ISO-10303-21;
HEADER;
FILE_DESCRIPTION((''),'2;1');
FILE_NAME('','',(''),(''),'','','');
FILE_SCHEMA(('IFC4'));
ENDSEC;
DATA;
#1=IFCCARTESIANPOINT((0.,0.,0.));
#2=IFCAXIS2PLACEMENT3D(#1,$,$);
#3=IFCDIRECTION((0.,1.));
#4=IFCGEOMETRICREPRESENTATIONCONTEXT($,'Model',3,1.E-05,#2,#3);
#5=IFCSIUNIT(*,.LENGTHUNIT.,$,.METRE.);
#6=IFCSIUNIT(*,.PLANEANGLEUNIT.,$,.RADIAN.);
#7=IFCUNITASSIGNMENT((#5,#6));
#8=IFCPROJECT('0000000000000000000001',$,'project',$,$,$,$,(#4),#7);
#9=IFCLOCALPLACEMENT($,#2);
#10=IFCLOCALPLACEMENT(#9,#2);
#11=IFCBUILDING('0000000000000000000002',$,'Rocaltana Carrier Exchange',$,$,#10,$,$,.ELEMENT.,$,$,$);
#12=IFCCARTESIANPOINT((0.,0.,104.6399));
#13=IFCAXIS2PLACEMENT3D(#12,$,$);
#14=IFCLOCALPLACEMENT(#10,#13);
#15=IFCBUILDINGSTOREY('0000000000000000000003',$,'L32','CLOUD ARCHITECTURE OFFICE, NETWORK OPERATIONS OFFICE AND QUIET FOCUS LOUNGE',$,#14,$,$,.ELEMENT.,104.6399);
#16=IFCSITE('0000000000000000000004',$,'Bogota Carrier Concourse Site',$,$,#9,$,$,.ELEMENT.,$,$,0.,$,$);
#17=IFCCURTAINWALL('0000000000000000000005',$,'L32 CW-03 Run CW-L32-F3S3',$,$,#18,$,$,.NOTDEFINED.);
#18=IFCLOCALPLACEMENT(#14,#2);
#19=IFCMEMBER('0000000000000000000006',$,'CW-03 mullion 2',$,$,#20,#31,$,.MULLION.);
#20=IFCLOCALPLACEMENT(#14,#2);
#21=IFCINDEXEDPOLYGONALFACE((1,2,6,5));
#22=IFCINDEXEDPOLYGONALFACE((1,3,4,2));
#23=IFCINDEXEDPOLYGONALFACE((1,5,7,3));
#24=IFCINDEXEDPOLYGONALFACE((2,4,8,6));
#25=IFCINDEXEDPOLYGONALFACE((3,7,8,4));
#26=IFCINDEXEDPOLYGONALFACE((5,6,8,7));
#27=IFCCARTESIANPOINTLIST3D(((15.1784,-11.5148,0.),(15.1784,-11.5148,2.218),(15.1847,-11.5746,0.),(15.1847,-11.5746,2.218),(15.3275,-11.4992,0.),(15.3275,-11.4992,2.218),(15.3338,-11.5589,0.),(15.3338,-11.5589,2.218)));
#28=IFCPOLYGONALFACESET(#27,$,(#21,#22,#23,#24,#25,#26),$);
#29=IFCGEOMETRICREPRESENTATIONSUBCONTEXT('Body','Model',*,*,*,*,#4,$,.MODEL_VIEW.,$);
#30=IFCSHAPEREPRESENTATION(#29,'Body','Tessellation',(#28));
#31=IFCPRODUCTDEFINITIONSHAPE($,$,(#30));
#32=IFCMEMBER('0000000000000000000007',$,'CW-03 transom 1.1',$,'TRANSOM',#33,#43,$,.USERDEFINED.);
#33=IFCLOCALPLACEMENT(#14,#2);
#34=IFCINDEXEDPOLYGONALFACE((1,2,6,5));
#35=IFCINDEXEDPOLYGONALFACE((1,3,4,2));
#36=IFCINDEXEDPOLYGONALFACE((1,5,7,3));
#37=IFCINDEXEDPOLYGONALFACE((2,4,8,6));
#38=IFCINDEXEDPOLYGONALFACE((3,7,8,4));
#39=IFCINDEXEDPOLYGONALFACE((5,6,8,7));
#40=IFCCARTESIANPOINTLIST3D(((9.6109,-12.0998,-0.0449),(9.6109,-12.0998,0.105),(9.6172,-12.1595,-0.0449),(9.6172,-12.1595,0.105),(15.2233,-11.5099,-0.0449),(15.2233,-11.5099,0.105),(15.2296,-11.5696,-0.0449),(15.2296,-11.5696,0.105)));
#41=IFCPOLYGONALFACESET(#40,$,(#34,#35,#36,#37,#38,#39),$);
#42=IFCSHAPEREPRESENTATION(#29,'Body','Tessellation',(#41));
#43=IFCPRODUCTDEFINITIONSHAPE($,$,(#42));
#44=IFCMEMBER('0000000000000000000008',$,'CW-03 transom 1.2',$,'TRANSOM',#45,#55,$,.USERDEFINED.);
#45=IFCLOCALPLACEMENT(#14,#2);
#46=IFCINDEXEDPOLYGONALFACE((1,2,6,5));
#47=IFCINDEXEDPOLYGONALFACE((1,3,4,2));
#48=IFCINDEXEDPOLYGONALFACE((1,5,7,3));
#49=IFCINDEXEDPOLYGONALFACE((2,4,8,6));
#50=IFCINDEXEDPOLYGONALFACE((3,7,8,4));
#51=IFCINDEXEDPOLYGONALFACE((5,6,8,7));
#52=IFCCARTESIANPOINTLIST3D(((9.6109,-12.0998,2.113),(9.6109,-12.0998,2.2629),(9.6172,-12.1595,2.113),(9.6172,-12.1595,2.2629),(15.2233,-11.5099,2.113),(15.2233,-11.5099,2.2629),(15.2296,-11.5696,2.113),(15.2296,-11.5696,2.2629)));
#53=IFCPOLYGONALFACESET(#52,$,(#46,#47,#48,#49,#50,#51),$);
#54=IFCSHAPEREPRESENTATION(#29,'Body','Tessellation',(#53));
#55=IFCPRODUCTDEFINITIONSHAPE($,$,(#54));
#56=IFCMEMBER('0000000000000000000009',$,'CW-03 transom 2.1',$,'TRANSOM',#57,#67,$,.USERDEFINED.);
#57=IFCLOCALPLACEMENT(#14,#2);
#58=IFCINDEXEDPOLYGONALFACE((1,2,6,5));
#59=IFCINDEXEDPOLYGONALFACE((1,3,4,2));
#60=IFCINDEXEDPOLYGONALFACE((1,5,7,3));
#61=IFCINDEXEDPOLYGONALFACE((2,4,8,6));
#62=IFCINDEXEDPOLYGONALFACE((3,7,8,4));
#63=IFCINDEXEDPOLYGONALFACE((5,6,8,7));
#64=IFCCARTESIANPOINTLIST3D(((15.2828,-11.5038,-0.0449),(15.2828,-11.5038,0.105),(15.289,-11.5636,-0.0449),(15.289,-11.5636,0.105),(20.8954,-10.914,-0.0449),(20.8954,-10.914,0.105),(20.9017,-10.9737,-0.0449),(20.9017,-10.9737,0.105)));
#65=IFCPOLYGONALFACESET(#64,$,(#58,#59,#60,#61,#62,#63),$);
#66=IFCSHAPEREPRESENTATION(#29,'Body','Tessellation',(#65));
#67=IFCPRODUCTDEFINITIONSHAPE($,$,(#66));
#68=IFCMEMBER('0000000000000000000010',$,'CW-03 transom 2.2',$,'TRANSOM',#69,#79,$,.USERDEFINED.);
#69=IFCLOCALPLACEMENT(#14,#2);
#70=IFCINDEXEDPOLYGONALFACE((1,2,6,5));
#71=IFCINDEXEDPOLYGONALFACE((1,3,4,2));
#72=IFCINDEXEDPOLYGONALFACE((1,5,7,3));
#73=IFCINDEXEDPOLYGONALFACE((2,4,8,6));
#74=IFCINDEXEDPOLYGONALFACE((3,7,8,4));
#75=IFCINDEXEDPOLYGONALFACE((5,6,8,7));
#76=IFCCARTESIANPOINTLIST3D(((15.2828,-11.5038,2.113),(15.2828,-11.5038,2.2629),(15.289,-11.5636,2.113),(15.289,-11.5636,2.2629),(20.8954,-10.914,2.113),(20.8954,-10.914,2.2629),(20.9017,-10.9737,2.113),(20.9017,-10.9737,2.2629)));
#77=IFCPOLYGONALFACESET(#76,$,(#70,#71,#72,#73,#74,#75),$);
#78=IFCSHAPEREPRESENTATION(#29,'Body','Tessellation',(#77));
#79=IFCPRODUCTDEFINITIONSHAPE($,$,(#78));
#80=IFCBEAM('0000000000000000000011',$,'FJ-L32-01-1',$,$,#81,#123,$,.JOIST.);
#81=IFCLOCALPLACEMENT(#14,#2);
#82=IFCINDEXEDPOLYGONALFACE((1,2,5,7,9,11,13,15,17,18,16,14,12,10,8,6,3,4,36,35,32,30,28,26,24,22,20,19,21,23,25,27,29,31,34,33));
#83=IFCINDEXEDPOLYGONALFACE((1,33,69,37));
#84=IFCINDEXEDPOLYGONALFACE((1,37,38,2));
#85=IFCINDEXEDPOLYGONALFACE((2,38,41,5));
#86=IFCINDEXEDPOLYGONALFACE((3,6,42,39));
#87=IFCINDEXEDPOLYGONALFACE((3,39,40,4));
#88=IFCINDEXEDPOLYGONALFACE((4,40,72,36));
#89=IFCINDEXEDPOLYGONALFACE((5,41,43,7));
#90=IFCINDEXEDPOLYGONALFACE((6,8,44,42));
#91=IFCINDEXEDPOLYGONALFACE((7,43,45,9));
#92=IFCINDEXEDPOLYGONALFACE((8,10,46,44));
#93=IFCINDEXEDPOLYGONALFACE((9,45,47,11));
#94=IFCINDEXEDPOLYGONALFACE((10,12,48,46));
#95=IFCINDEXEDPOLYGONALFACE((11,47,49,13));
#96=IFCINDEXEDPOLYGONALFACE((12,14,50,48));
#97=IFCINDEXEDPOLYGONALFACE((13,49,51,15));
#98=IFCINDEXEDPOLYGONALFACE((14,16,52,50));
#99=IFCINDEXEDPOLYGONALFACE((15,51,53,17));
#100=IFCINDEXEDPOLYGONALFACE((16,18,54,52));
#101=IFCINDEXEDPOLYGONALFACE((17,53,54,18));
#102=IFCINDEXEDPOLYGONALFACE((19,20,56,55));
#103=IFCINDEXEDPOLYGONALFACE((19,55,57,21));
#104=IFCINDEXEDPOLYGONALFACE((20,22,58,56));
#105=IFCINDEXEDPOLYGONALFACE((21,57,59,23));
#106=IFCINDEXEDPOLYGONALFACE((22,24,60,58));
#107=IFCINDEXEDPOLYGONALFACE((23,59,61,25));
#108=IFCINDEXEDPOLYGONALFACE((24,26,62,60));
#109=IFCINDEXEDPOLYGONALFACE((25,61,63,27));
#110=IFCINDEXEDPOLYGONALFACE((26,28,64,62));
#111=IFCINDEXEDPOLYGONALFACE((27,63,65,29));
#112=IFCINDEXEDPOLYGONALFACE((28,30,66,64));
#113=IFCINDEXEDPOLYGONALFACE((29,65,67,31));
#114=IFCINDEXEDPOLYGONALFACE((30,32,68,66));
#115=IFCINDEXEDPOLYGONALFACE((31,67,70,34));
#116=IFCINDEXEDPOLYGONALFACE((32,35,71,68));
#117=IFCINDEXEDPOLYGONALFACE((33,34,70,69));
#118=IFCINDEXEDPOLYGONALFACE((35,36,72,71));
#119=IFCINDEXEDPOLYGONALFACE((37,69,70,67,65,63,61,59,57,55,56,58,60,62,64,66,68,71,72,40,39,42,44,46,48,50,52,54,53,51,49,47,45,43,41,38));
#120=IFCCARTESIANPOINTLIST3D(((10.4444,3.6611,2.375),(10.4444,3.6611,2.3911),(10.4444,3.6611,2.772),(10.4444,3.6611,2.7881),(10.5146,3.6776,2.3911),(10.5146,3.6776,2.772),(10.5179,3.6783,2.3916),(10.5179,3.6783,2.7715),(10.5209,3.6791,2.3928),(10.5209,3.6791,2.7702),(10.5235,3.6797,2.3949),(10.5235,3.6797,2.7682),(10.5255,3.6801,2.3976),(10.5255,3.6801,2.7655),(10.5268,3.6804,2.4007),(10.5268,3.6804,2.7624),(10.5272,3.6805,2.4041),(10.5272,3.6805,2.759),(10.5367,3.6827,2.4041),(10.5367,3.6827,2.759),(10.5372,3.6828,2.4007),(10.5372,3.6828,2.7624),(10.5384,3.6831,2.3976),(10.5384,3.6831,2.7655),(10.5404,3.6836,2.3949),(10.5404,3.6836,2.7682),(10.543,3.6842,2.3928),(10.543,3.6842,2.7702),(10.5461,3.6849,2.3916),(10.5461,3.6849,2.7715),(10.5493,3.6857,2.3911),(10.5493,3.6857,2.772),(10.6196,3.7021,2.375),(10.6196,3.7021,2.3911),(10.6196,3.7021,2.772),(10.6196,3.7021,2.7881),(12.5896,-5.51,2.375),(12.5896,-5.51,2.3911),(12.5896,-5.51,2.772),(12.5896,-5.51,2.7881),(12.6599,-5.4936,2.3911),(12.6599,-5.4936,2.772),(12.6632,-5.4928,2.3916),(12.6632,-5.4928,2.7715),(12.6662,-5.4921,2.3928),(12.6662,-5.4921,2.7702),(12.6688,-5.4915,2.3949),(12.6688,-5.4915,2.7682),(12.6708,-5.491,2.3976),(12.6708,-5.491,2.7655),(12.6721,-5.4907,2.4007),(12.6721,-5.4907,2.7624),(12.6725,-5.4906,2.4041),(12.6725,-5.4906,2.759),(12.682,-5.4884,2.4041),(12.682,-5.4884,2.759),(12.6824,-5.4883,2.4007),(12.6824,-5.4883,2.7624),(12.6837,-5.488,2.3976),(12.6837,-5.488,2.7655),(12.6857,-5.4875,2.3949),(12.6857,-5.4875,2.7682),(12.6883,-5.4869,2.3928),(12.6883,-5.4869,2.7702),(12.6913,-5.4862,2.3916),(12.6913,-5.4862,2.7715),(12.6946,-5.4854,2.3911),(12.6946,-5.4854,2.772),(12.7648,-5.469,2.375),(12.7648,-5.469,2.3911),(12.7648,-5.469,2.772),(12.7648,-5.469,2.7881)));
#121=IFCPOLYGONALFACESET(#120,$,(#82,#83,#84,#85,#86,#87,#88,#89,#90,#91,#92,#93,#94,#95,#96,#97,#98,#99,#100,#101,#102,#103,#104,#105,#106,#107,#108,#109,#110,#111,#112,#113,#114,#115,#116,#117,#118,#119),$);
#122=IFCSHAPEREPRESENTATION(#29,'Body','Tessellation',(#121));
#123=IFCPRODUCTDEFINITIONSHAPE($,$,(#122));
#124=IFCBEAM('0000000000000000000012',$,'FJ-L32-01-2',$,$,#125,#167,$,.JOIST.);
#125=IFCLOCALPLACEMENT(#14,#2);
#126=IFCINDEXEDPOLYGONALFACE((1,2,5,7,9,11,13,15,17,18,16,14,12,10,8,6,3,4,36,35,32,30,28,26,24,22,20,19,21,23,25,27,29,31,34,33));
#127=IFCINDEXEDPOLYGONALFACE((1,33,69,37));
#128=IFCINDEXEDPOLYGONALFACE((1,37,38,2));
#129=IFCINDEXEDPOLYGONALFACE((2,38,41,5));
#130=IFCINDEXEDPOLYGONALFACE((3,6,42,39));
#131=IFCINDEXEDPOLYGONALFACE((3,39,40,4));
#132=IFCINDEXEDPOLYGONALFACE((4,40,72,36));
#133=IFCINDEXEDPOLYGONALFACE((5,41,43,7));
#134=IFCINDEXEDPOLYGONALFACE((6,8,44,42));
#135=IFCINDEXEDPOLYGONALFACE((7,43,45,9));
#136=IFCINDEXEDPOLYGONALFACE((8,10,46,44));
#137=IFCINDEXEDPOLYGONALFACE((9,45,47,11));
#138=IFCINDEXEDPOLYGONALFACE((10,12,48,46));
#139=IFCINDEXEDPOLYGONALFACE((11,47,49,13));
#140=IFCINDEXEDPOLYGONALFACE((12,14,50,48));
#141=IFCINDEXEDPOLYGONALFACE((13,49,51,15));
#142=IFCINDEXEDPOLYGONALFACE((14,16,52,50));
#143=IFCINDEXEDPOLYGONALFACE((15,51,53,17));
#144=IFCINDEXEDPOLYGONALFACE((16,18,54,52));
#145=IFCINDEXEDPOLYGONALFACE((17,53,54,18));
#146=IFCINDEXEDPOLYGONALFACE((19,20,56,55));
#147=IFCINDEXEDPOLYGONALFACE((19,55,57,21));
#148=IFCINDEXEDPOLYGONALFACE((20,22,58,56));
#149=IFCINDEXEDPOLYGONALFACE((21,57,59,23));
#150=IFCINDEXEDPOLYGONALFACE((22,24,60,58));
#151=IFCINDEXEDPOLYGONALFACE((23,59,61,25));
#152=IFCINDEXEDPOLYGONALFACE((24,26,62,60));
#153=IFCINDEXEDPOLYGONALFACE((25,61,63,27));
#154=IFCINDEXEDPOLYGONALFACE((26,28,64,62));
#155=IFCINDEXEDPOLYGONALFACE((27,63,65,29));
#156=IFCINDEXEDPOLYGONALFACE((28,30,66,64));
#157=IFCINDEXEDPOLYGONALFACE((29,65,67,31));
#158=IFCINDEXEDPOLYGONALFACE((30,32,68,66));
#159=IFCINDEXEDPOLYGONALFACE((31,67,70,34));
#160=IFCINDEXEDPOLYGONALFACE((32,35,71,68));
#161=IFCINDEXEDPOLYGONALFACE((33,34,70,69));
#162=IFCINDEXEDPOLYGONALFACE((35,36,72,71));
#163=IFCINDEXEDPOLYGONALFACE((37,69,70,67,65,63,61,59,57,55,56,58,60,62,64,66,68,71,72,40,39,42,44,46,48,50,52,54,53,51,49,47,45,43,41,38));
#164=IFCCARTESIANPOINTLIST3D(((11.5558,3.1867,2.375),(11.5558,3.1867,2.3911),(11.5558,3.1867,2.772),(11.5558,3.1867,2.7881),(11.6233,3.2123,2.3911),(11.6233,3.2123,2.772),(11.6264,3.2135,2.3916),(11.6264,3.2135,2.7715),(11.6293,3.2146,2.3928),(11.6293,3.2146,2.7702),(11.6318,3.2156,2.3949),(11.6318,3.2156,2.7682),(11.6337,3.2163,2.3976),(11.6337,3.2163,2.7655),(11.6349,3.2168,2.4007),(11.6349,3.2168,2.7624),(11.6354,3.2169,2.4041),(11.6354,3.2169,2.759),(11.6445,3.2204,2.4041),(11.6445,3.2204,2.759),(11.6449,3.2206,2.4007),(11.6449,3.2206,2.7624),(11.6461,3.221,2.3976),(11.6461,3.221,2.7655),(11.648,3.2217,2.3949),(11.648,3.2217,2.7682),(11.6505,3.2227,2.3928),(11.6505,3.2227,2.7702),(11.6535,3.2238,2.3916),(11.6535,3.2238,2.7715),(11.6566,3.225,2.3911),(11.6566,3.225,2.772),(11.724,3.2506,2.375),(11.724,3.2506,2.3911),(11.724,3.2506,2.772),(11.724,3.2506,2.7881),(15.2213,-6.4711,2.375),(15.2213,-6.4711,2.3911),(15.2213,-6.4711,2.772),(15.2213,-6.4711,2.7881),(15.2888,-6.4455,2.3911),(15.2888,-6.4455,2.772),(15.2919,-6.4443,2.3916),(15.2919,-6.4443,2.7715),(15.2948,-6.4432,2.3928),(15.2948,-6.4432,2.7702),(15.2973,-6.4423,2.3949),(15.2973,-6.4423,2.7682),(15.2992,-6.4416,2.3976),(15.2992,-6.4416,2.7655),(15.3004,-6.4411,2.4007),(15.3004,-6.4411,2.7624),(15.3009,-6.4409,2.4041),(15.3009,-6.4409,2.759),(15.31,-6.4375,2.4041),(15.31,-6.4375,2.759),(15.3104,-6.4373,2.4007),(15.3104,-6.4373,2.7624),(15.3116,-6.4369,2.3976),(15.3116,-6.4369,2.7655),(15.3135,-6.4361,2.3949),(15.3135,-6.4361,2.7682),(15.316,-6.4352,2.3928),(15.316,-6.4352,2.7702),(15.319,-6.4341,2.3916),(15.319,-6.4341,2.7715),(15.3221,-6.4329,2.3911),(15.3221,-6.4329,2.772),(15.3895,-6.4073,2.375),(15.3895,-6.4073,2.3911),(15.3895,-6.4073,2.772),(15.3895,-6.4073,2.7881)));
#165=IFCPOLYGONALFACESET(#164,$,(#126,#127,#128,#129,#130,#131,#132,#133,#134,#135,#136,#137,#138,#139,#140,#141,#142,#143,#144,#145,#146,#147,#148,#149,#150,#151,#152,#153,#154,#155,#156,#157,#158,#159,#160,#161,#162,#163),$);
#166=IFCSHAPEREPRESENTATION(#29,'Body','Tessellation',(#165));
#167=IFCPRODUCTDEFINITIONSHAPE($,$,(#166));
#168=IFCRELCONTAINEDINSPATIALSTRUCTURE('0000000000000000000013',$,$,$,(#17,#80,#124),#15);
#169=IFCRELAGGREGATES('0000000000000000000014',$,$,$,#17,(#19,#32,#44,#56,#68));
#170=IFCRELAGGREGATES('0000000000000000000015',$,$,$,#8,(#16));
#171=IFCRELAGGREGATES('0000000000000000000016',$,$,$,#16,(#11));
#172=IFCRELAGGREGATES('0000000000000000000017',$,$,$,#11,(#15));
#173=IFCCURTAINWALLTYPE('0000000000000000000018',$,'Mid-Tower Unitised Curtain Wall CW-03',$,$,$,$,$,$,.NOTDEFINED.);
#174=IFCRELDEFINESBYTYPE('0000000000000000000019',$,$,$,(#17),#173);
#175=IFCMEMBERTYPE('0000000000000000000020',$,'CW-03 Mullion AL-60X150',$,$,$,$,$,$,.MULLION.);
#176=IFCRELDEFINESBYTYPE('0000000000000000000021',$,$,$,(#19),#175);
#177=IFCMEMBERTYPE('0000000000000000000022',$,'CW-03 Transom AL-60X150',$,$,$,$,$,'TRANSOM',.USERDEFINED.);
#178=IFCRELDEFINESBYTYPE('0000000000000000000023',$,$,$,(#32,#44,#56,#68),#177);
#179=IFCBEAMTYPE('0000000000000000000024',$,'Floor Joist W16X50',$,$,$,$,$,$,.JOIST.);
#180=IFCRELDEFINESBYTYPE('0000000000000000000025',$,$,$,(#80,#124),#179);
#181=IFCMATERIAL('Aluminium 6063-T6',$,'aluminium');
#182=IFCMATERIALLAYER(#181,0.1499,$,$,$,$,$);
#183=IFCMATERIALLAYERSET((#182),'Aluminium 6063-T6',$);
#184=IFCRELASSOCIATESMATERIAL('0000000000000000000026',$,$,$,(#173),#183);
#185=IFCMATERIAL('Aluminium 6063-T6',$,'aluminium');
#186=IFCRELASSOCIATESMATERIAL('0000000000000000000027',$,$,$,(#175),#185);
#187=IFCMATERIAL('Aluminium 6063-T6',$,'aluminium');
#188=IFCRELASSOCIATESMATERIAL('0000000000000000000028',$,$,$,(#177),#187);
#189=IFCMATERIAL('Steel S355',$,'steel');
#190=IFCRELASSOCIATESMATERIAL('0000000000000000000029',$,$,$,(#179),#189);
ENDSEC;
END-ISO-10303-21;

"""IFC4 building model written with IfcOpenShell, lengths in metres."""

from ifc_helpers import new_model, si_unit, direction, frame, origin, origin_2d, place, context, subcontext, project, spatial, rectangle, i_section, extrude, material, layer, layer_set, material_profile, profile_set, type_object, element, aggregate, save


model = new_model("IFC4")

# Units and contexts
model_context = context("Model", 3, precision=1e-05, world=origin(), true_north=direction((0.0, 1.0)))
body_context = subcontext(model_context, "Body", "Model", "MODEL_VIEW")
ifc_project = project(units=[si_unit("LENGTHUNIT", "METRE"), si_unit("PLANEANGLEUNIT", "RADIAN")], contexts=[model_context])

# Site, building, storey
site_placement = place(None, origin())
site = spatial("IfcSite", under=ifc_project, at=site_placement, Name="Bogota Carrier Concourse Site", CompositionType="ELEMENT", RefElevation=0.0)
building_placement = place(site_placement, origin())
building = spatial("IfcBuilding", under=site, at=building_placement, Name="Rocaltana Carrier Exchange", CompositionType="ELEMENT")
storey_placement = place(building_placement, frame((0.0, 0.0, 104.6399)))
storey = spatial("IfcBuildingStorey", under=building, at=storey_placement, Name="L32", Description="CLOUD ARCHITECTURE OFFICE, NETWORK OPERATIONS OFFICE AND QUIET FOCUS LOUNGE", CompositionType="ELEMENT", Elevation=104.6399)

# Curtain wall, members
ifc_material_1 = material(Name="Aluminium 6063-T6", Category="aluminium")
ifc_layer_1 = layer(ifc_material_1, 0.1499)
ifc_layer_set_1 = layer_set([ifc_layer_1], Name="Aluminium 6063-T6")
curtain_wall_type = type_object("IfcCurtainWallType", Name="Mid-Tower Unitised Curtain Wall CW-03", PredefinedType="NOTDEFINED", material=ifc_layer_set_1)
curtain_wall_1_placement = place(storey_placement, origin())
curtain_wall_1 = element("IfcCurtainWall", 1, at=curtain_wall_1_placement, inside=storey, type_object=curtain_wall_type, Name="L32 CW-03 Run CW-L32-F3S3", PredefinedType="NOTDEFINED")
ifc_material_2 = material(Name="Aluminium 6063-T6", Category="aluminium")
ifc_material_profile_1 = material_profile(ifc_material_2, rectangle(XDim=0.0601, YDim=0.1499, at=origin_2d()), Name="AL-60X150")
ifc_profile_set_1 = profile_set([ifc_material_profile_1], Name="Aluminium 6063-T6")
member_type_1 = type_object("IfcMemberType", Name="CW-03 Mullion AL-60X150", PredefinedType="MULLION", material=ifc_profile_set_1)
member_1_placement = place(storey_placement, frame((15.2561, -11.5369, 0.0), z_axis=(0.0, 0.0, 1.0), x_axis=(-0.104522, 0.994523, 0.0)))
member_1 = element("IfcMember", 2, at=member_1_placement, type_object=member_type_1, Name="CW-03 mullion 2", PredefinedType="MULLION", context=body_context, shape_type="SweptSolid", body=[
    extrude(rectangle(XDim=0.0601, YDim=0.1499, at=origin_2d()), origin(), (0.0, 0.0, 1.0), 2.218),
])
ifc_material_3 = material(Name="Aluminium 6063-T6", Category="aluminium")
ifc_material_profile_2 = material_profile(ifc_material_3, rectangle(XDim=0.0601, YDim=0.1499, at=origin_2d()), Name="AL-60X150")
ifc_profile_set_2 = profile_set([ifc_material_profile_2], Name="Aluminium 6063-T6")
member_type_2 = type_object("IfcMemberType", Name="CW-03 Transom AL-60X150", ElementType="TRANSOM", PredefinedType="USERDEFINED", material=ifc_profile_set_2)
member_2_placement = place(storey_placement, frame((9.614, -12.1296, 0.03), z_axis=(0.994523, 0.104523, 0.0), x_axis=(-0.104523, 0.994523, 0.0)))
member_2 = element("IfcMember", 3, at=member_2_placement, type_object=member_type_2, Name="CW-03 transom 1.1", ObjectType="TRANSOM", PredefinedType="USERDEFINED", context=body_context, shape_type="SweptSolid", body=[
    extrude(rectangle(XDim=0.0601, YDim=0.1499, at=origin_2d()), origin(), (0.0, 0.0, 1.0), 5.6433),
])
member_3_placement = place(storey_placement, frame((9.614, -12.1296, 2.188), z_axis=(0.994523, 0.104523, 0.0), x_axis=(-0.104523, 0.994523, 0.0)))
member_3 = element("IfcMember", 4, at=member_3_placement, type_object=member_type_2, Name="CW-03 transom 1.2", ObjectType="TRANSOM", PredefinedType="USERDEFINED", context=body_context, shape_type="SweptSolid", body=[
    extrude(rectangle(XDim=0.0601, YDim=0.1499, at=origin_2d()), origin(), (0.0, 0.0, 1.0), 5.6433),
])
member_4_placement = place(storey_placement, frame((15.2859, -11.5337, 0.03), z_axis=(0.994523, 0.104518, 0.0), x_axis=(-0.104518, 0.994523, 0.0)))
member_4 = element("IfcMember", 5, at=member_4_placement, type_object=member_type_2, Name="CW-03 transom 2.1", ObjectType="TRANSOM", PredefinedType="USERDEFINED", context=body_context, shape_type="SweptSolid", body=[
    extrude(rectangle(XDim=0.0601, YDim=0.1499, at=origin_2d()), origin(), (0.0, 0.0, 1.0), 5.6436),
])
member_5_placement = place(storey_placement, frame((15.2859, -11.5337, 2.188), z_axis=(0.994523, 0.104518, 0.0), x_axis=(-0.104518, 0.994523, 0.0)))
member_5 = element("IfcMember", 6, at=member_5_placement, type_object=member_type_2, Name="CW-03 transom 2.2", ObjectType="TRANSOM", PredefinedType="USERDEFINED", context=body_context, shape_type="SweptSolid", body=[
    extrude(rectangle(XDim=0.0601, YDim=0.1499, at=origin_2d()), origin(), (0.0, 0.0, 1.0), 5.6436),
])

# Beams
ifc_material_4 = material(Name="Steel S355", Category="steel")
ifc_material_profile_3 = material_profile(ifc_material_4, i_section(OverallWidth=0.1799, OverallDepth=0.4131, WebThickness=0.0098, FlangeThickness=0.0161, FilletRadius=0.0129, at=origin_2d()), Name="W16X50")
ifc_profile_set_3 = profile_set([ifc_material_profile_3], Name="Steel S355")
beam_type = type_object("IfcBeamType", Name="Floor Joist W16X50", PredefinedType="JOIST", material=ifc_profile_set_3)
beam_1_placement = place(storey_placement, frame((12.6772, -5.4895, 2.5815), z_axis=(-0.227766, 0.973716, 0.0), x_axis=(-0.973716, -0.227766, 0.0)))
element("IfcBeam", 7, at=beam_1_placement, inside=storey, type_object=beam_type, Name="FJ-L32-01-1", PredefinedType="JOIST", context=body_context, shape_type="SweptSolid", body=[
    extrude(i_section(OverallWidth=0.1799, OverallDepth=0.4131, WebThickness=0.0098, FlangeThickness=0.0161, FilletRadius=0.0129, at=origin_2d()), origin(), (0.0, 0.0, 1.0), 9.4187),
])
beam_2_placement = place(storey_placement, frame((15.3054, -6.4392, 2.5815), z_axis=(-0.354837, 0.934928, 0.0), x_axis=(-0.934928, -0.354837, 0.0)))
element("IfcBeam", 8, at=beam_2_placement, inside=storey, type_object=beam_type, Name="FJ-L32-01-2", PredefinedType="JOIST", context=body_context, shape_type="SweptSolid", body=[
    extrude(i_section(OverallWidth=0.1799, OverallDepth=0.4131, WebThickness=0.0098, FlangeThickness=0.0161, FilletRadius=0.0129, at=origin_2d()), origin(), (0.0, 0.0, 1.0), 10.3301),
])

aggregate(curtain_wall_1, [member_1, member_2, member_3, member_4, member_5])

save(model, "model.ifc")
